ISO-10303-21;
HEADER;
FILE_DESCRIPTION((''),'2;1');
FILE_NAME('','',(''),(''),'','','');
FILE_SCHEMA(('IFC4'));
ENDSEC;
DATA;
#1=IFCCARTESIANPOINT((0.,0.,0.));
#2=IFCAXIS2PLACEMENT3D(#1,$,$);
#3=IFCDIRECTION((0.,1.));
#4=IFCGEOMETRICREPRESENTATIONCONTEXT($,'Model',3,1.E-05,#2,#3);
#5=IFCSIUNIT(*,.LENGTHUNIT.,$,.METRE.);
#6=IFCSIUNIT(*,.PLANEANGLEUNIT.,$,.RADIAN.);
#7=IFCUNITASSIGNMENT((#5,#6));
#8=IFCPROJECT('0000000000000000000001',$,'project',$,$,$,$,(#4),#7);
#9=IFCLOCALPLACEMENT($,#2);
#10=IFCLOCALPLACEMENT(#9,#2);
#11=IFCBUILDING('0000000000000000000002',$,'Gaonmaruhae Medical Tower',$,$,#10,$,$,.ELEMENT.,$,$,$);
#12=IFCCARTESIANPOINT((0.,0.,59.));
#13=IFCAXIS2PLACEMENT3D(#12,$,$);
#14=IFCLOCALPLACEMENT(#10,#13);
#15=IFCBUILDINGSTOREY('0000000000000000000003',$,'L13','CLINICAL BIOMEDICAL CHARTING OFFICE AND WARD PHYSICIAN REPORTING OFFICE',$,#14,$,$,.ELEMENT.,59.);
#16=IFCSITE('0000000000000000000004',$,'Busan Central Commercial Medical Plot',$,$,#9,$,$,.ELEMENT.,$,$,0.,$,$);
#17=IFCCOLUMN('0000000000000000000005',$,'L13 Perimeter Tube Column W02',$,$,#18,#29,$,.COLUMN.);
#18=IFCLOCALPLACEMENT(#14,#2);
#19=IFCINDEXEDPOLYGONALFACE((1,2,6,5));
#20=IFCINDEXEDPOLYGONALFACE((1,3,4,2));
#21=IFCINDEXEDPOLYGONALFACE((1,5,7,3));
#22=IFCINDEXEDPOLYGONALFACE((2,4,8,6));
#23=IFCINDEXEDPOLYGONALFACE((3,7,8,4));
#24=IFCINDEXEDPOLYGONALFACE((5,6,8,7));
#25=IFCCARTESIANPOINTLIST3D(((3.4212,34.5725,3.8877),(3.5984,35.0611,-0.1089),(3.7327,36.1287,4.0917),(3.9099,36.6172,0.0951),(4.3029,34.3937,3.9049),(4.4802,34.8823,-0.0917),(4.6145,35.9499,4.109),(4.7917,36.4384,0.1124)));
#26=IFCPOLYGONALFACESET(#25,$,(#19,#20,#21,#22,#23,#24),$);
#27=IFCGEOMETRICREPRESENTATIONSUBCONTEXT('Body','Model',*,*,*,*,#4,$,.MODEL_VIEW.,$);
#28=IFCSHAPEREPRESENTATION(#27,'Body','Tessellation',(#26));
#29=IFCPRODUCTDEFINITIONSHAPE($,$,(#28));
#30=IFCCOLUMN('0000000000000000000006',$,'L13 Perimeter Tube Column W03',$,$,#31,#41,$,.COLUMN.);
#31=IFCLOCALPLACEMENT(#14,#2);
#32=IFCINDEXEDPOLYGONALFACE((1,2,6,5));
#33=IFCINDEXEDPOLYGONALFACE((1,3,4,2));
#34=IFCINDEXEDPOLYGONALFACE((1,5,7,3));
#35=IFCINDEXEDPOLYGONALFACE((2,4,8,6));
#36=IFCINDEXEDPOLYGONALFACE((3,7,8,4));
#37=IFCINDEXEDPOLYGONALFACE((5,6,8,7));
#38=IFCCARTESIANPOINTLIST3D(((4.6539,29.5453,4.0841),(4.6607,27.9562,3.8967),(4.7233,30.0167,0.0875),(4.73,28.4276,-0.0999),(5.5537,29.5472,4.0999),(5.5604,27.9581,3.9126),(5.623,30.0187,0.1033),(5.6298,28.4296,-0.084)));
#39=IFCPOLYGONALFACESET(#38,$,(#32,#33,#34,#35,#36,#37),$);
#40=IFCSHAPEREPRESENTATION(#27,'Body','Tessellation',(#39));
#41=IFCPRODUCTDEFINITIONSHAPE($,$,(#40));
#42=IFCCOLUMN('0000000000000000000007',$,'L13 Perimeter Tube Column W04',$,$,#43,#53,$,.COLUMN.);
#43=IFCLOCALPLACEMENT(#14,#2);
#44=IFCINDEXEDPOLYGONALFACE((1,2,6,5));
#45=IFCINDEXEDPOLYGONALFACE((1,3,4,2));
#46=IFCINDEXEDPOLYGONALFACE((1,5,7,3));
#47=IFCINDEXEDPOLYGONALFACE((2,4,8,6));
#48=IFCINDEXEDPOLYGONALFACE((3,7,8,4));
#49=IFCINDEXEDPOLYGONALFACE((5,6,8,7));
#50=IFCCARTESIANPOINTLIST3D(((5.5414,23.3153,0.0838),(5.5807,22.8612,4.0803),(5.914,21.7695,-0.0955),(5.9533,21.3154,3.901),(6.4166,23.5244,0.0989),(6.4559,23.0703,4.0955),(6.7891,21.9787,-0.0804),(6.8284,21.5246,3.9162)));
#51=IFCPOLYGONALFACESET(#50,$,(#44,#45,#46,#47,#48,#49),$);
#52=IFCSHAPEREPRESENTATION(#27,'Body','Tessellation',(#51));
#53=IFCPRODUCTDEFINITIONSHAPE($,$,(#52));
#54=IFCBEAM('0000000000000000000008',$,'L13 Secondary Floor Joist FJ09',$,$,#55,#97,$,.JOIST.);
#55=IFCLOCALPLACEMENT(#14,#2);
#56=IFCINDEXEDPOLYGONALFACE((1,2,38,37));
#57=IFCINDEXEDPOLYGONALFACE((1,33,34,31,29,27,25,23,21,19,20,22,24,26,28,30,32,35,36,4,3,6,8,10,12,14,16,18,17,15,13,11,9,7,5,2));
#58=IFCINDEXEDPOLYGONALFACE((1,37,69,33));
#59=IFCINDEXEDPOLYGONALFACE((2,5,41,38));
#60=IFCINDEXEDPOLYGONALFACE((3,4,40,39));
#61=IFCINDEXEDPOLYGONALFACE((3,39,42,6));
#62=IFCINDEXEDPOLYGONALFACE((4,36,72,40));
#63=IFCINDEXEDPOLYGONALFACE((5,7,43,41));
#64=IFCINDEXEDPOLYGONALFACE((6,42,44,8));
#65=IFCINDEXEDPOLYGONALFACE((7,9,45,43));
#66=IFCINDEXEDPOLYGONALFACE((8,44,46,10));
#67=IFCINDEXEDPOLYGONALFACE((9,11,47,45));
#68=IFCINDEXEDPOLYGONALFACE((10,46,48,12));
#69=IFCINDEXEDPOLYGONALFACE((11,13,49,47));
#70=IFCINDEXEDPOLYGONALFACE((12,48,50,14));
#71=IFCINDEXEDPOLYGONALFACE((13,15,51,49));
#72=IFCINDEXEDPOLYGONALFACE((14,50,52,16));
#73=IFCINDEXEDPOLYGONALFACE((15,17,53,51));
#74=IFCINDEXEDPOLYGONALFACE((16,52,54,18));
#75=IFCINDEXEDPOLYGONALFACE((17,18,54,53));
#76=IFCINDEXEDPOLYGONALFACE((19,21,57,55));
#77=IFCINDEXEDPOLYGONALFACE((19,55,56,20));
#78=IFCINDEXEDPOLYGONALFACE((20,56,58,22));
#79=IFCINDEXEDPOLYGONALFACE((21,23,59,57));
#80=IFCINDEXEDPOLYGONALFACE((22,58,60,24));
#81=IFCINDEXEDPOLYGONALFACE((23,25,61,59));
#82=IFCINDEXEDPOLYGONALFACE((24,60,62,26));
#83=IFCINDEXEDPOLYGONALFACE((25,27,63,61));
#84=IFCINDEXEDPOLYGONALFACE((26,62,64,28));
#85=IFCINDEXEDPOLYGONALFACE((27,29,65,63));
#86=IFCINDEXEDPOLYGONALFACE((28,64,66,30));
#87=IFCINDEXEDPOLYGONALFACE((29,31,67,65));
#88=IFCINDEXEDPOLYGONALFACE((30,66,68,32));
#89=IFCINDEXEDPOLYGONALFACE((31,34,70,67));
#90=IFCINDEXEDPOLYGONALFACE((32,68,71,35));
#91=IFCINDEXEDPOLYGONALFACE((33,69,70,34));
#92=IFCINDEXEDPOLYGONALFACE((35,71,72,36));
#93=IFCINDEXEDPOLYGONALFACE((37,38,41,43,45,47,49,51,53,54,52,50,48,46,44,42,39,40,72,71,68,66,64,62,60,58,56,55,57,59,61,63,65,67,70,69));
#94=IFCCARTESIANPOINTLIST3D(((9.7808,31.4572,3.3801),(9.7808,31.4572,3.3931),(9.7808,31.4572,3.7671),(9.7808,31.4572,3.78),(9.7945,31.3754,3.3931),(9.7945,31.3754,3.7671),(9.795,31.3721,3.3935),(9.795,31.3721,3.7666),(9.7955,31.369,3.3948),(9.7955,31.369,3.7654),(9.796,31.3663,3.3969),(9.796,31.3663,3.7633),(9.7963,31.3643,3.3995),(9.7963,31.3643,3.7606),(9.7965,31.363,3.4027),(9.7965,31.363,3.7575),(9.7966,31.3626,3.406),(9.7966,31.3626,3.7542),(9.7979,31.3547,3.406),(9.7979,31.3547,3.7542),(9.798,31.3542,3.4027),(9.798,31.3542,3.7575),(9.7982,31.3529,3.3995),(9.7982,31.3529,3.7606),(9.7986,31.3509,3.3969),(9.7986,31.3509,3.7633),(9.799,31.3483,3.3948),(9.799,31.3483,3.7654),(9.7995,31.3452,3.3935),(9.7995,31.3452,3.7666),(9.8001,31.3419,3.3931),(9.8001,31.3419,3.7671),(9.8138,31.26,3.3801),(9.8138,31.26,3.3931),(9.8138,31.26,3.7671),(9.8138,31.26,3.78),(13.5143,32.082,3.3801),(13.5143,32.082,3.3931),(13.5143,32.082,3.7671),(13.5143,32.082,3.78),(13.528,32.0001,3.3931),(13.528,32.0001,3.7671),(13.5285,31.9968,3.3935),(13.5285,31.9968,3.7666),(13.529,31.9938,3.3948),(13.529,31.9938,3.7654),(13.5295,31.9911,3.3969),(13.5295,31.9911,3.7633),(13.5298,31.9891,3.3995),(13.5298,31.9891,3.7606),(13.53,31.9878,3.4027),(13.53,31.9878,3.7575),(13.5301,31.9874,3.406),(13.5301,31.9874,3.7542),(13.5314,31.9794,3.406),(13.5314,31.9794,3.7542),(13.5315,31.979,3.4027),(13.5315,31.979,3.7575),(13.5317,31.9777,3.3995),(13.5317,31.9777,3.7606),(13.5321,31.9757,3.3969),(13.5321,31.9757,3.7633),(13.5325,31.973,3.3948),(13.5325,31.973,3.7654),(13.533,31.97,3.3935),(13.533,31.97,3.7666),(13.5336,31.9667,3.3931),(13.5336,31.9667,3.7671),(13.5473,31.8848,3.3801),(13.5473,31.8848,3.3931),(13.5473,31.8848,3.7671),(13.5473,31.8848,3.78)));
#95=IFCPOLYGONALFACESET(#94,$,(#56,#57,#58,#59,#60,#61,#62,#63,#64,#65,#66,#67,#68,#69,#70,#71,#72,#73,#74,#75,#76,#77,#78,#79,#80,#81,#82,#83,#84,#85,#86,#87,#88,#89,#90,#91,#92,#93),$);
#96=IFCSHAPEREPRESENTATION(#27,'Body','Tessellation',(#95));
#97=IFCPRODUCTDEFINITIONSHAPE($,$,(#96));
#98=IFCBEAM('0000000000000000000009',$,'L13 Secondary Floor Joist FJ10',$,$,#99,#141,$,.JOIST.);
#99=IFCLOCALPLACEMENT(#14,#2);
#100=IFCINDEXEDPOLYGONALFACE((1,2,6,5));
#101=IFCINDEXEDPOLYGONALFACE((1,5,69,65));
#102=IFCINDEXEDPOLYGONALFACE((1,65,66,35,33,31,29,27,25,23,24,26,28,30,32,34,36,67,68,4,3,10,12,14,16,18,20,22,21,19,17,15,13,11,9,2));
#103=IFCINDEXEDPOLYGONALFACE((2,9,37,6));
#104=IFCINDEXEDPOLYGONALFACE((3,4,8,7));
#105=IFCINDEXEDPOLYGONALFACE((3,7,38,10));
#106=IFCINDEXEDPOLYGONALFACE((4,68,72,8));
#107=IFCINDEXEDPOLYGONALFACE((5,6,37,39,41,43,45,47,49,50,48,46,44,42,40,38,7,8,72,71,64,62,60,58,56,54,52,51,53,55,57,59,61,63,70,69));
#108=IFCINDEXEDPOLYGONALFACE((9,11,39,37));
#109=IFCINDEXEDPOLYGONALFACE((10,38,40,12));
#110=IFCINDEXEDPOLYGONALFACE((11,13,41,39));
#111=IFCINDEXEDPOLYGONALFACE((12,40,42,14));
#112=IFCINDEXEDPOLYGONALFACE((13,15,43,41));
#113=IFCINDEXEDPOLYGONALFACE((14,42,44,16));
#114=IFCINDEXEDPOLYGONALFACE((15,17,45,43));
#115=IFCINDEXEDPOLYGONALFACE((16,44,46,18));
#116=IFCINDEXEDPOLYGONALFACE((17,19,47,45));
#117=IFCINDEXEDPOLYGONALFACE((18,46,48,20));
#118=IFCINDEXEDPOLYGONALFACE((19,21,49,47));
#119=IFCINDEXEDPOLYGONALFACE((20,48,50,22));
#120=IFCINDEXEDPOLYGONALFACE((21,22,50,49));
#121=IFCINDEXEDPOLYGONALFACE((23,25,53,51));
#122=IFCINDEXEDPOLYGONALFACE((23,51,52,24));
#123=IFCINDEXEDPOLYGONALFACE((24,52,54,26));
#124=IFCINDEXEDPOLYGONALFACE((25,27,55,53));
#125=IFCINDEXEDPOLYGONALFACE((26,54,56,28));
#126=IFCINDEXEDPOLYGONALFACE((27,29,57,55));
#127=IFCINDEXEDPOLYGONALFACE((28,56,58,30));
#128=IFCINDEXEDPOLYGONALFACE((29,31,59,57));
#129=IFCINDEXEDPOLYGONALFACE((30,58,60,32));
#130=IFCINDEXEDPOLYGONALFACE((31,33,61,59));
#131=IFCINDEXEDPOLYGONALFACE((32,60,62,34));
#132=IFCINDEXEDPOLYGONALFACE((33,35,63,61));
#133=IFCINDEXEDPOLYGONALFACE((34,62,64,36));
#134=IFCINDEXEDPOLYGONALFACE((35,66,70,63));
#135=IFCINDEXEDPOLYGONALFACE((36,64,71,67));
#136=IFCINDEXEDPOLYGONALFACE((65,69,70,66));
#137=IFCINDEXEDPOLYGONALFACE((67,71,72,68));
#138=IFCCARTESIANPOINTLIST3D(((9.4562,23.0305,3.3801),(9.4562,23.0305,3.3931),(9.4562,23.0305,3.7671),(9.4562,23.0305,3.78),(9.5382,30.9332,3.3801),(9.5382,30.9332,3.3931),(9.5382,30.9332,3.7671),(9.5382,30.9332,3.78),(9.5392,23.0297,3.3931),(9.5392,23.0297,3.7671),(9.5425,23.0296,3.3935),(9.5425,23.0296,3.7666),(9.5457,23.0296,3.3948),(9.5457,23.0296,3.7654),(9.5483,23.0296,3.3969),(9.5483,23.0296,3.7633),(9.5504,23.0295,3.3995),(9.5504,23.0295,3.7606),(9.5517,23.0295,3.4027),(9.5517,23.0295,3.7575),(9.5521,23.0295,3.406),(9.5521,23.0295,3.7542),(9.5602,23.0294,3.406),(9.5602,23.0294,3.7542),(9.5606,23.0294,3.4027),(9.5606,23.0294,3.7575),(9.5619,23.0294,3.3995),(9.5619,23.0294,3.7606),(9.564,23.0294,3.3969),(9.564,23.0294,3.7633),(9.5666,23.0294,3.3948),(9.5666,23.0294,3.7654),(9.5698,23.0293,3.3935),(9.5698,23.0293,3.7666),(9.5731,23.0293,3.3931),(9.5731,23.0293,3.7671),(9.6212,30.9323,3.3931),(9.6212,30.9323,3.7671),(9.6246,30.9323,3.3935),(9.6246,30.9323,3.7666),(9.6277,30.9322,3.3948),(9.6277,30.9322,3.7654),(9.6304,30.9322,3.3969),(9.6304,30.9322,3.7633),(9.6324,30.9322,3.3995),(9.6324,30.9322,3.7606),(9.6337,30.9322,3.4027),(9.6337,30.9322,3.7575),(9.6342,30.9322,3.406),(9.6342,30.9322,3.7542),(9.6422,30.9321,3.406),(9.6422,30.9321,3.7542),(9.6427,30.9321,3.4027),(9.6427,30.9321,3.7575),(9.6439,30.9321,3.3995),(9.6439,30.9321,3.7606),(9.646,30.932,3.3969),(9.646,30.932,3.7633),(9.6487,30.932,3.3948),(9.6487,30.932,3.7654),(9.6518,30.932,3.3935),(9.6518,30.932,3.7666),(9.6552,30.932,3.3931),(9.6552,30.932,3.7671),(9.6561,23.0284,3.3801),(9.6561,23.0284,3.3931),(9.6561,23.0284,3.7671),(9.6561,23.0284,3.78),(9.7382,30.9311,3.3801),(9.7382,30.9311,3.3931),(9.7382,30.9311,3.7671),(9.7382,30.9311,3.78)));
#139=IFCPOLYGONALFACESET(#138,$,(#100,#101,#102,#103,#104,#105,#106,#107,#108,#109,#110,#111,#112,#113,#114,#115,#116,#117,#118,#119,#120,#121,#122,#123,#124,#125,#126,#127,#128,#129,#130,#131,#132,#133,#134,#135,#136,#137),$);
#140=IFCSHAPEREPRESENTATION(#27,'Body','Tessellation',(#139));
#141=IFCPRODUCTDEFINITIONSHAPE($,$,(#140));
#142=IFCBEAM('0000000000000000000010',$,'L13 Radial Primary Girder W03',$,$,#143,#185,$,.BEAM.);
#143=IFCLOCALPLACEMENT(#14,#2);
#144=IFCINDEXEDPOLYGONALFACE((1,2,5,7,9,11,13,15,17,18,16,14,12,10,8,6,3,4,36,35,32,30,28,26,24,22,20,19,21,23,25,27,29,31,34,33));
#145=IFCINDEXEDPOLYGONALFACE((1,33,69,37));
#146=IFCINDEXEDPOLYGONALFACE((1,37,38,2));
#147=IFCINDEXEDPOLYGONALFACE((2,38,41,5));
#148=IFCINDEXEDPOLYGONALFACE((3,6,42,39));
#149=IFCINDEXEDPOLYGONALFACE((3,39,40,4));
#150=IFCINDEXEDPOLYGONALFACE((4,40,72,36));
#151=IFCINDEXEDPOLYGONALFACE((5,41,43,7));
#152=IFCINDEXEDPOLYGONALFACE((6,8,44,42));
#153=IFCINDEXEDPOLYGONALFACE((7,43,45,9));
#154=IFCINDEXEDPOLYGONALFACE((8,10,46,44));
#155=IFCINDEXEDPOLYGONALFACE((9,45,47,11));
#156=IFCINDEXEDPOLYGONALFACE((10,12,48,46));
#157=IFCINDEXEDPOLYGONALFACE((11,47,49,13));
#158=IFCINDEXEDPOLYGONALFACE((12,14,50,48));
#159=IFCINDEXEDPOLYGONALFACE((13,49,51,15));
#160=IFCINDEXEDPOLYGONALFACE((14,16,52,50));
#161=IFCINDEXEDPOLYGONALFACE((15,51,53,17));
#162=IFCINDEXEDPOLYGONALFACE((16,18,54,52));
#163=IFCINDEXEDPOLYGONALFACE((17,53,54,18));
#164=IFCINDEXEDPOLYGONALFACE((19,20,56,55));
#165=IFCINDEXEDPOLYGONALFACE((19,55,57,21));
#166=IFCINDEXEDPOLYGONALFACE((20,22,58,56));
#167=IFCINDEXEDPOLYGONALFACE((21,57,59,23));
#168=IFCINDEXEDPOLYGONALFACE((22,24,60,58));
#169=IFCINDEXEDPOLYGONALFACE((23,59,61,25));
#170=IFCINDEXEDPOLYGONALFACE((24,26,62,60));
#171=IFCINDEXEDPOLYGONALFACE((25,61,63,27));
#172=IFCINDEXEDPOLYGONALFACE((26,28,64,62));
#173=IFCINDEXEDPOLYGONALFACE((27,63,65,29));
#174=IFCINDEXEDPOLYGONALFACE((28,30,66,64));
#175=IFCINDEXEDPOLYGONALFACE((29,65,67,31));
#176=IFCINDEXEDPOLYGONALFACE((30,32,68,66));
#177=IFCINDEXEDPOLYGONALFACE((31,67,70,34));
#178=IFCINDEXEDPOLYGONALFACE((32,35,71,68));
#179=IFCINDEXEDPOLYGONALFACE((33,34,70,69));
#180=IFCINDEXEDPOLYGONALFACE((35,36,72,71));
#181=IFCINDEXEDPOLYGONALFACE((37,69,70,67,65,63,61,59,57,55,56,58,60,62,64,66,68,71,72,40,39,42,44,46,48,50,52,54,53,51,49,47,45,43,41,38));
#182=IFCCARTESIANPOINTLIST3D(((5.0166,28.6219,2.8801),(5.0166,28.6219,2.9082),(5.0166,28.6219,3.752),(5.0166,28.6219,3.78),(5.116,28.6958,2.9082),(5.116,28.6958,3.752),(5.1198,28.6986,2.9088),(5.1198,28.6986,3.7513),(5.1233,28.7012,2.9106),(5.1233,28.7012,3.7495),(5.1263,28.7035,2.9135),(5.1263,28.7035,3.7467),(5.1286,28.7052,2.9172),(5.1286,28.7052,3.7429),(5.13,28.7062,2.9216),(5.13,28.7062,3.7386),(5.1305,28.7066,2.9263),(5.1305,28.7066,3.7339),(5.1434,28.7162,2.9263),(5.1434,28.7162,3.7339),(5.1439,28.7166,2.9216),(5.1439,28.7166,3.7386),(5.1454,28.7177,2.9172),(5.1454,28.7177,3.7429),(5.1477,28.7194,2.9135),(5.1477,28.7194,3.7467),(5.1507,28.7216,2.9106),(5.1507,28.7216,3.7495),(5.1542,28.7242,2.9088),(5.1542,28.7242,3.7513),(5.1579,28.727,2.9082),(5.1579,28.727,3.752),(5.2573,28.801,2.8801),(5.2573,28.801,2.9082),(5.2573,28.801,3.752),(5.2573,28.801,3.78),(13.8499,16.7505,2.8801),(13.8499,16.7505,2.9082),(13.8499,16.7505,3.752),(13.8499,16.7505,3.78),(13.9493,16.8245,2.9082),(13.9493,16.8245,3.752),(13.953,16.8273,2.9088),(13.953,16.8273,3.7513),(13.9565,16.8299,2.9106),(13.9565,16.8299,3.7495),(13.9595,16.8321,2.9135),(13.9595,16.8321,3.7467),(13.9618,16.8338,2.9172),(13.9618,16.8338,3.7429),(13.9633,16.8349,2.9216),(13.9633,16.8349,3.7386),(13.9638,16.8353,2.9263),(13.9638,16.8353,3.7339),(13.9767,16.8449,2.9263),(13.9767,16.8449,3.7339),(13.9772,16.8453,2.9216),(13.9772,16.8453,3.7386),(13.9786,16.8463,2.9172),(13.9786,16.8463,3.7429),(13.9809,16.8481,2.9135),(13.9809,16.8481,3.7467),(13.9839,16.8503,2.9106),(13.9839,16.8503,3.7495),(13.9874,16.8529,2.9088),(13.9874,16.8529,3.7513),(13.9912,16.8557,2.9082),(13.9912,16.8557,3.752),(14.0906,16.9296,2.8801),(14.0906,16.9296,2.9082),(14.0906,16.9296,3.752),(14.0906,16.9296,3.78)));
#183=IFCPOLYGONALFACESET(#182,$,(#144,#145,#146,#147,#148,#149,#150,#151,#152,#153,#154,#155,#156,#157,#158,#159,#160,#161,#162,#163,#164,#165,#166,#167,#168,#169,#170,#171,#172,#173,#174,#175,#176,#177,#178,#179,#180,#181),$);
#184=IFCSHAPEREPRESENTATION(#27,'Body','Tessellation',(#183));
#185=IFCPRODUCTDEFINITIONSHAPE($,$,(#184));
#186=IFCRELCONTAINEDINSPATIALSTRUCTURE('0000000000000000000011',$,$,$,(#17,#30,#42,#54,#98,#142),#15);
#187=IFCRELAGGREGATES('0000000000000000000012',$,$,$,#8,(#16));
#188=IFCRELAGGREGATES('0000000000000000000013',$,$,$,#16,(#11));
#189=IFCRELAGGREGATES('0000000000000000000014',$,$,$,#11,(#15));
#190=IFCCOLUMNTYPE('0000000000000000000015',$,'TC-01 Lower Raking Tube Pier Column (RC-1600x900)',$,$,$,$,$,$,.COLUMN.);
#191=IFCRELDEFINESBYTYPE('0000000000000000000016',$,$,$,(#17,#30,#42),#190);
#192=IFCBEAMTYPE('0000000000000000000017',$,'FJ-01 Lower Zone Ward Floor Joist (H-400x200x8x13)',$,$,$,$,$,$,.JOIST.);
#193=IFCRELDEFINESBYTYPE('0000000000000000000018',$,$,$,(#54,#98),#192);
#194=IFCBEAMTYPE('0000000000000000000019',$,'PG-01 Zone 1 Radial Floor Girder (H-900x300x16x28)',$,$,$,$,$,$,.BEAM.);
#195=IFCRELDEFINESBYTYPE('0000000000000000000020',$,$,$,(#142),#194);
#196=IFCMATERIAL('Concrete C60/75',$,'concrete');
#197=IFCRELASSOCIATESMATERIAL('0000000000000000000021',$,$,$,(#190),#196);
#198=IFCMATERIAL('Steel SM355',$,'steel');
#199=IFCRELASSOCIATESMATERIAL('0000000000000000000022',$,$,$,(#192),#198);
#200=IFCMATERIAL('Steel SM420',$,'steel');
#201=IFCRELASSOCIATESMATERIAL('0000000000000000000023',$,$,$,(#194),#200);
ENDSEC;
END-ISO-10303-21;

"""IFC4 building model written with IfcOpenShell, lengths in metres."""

from ifc_helpers import new_model, si_unit, direction, frame, origin, origin_2d, place, context, subcontext, project, spatial, rectangle, i_section, extrude, material, material_profile, profile_set, type_object, element, save


model = new_model("IFC4")

# Units and contexts
model_context = context("Model", 3, precision=1e-05, world=origin(), true_north=direction((0.0, 1.0)))
body_context = subcontext(model_context, "Body", "Model", "MODEL_VIEW")
ifc_project = project(units=[si_unit("LENGTHUNIT", "METRE"), si_unit("PLANEANGLEUNIT", "RADIAN")], contexts=[model_context])

# Site, building, storey
site_placement = place(None, origin())
site = spatial("IfcSite", under=ifc_project, at=site_placement, Name="Busan Central Commercial Medical Plot", CompositionType="ELEMENT", RefElevation=0.0)
building_placement = place(site_placement, origin())
building = spatial("IfcBuilding", under=site, at=building_placement, Name="Gaonmaruhae Medical Tower", CompositionType="ELEMENT")
storey_placement = place(building_placement, frame((0.0, 0.0, 59.0)))
storey = spatial("IfcBuildingStorey", under=building, at=storey_placement, Name="L13", Description="CLINICAL BIOMEDICAL CHARTING OFFICE AND WARD PHYSICIAN REPORTING OFFICE", CompositionType="ELEMENT", Elevation=59.0)

# Columns
ifc_material_1 = material(Name="Concrete C60/75", Category="concrete")
ifc_material_profile_1 = material_profile(ifc_material_1, rectangle(XDim=1.6001, YDim=0.8999, at=origin_2d()), Name="RC-1600x900")
ifc_profile_set_1 = profile_set([ifc_material_profile_1], Name="Concrete C60/75")
column_type = type_object("IfcColumnType", Name="TC-01 Lower Raking Tube Pier Column (RC-1600x900)", PredefinedType="COLUMN", material=ifc_profile_set_1)
column_1_placement = place(storey_placement, frame((4.1951, 35.7498, 0.0017), z_axis=(-0.043979, -0.121215, 0.991651), x_axis=(0.1947, 0.972539, 0.127514)))
element("IfcColumn", 1, at=column_1_placement, inside=storey, type_object=column_type, Name="L13 Perimeter Tube Column W02", PredefinedType="COLUMN", context=body_context, shape_type="SweptSolid", body=[
    extrude(rectangle(XDim=1.6001, YDim=0.8999, at=origin_2d()), origin(), (0.0, 0.0, 1.0), 4.0303),
])
column_2_placement = place(storey_placement, frame((5.1765, 29.2231, 0.0017), z_axis=(-0.017227, -0.11713, 0.992967), x_axis=(-0.00421, 0.993114, 0.117074)))
element("IfcColumn", 2, at=column_2_placement, inside=storey, type_object=column_type, Name="L13 Perimeter Tube Column W03", PredefinedType="COLUMN", context=body_context, shape_type="SweptSolid", body=[
    extrude(rectangle(XDim=1.6001, YDim=0.8999, at=origin_2d()), origin(), (0.0, 0.0, 1.0), 4.0249),
])
column_3_placement = place(storey_placement, frame((6.1653, 22.647, 0.0017), z_axis=(0.009772, -0.112891, 0.993559), x_axis=(-0.232848, 0.966036, 0.112054)))
element("IfcColumn", 3, at=column_3_placement, inside=storey, type_object=column_type, Name="L13 Perimeter Tube Column W04", PredefinedType="COLUMN", context=body_context, shape_type="SweptSolid", body=[
    extrude(rectangle(XDim=1.6001, YDim=0.8999, at=origin_2d()), origin(), (0.0, 0.0, 1.0), 4.0225),
])

# Beams
ifc_material_2 = material(Name="Steel SM355", Category="steel")
ifc_material_profile_2 = material_profile(ifc_material_2, i_section(OverallWidth=0.2, OverallDepth=0.3999, WebThickness=0.0081, FlangeThickness=0.0129, FilletRadius=0.0129, at=origin_2d()), Name="H-400x200x8x13")
ifc_profile_set_2 = profile_set([ifc_material_profile_2], Name="Steel SM355")
beam_type_1 = type_object("IfcBeamType", Name="FJ-01 Lower Zone Ward Floor Joist (H-400x200x8x13)", PredefinedType="JOIST", material=ifc_profile_set_2)
beam_1_placement = place(storey_placement, frame((13.5308, 31.9834, 3.5801), z_axis=(-0.986286, -0.165047, 0.0), x_axis=(0.165047, -0.986286, 0.0)))
element("IfcBeam", 4, at=beam_1_placement, inside=storey, type_object=beam_type_1, Name="L13 Secondary Floor Joist FJ09", PredefinedType="JOIST", context=body_context, shape_type="SweptSolid", body=[
    extrude(i_section(OverallWidth=0.2, OverallDepth=0.3999, WebThickness=0.0081, FlangeThickness=0.0129, FilletRadius=0.0129, at=origin_2d()), origin(), (0.0, 0.0, 1.0), 3.7854),
])
beam_2_placement = place(storey_placement, frame((9.6382, 30.9321, 3.5801), z_axis=(-0.01038, -0.999946, 0.0), x_axis=(0.999946, -0.01038, 0.0)))
element("IfcBeam", 5, at=beam_2_placement, inside=storey, type_object=beam_type_1, Name="L13 Secondary Floor Joist FJ10", PredefinedType="JOIST", context=body_context, shape_type="SweptSolid", body=[
    extrude(i_section(OverallWidth=0.2, OverallDepth=0.3999, WebThickness=0.0081, FlangeThickness=0.0129, FilletRadius=0.0129, at=origin_2d()), origin(), (0.0, 0.0, 1.0), 7.9031),
])
ifc_material_3 = material(Name="Steel SM420", Category="steel")
ifc_material_profile_3 = material_profile(ifc_material_3, i_section(OverallWidth=0.3, OverallDepth=0.8999, WebThickness=0.0161, FlangeThickness=0.0281, FilletRadius=0.0181, at=origin_2d()), Name="H-900x300x16x28")
ifc_profile_set_3 = profile_set([ifc_material_profile_3], Name="Steel SM420")
beam_type_2 = type_object("IfcBeamType", Name="PG-01 Zone 1 Radial Floor Girder (H-900x300x16x28)", PredefinedType="BEAM", material=ifc_profile_set_3)
beam_3_placement = place(storey_placement, frame((13.9702, 16.8401, 3.3301), z_axis=(-0.596957, 0.802273, 0.0), x_axis=(-0.802273, -0.596957, 0.0)))
element("IfcBeam", 6, at=beam_3_placement, inside=storey, type_object=beam_type_2, Name="L13 Radial Primary Girder W03", PredefinedType="BEAM", context=body_context, shape_type="SweptSolid", body=[
    extrude(i_section(OverallWidth=0.3, OverallDepth=0.8999, WebThickness=0.0161, FlangeThickness=0.0281, FilletRadius=0.0181, at=origin_2d()), origin(), (0.0, 0.0, 1.0), 14.7971),
])

save(model, "model.ifc")
